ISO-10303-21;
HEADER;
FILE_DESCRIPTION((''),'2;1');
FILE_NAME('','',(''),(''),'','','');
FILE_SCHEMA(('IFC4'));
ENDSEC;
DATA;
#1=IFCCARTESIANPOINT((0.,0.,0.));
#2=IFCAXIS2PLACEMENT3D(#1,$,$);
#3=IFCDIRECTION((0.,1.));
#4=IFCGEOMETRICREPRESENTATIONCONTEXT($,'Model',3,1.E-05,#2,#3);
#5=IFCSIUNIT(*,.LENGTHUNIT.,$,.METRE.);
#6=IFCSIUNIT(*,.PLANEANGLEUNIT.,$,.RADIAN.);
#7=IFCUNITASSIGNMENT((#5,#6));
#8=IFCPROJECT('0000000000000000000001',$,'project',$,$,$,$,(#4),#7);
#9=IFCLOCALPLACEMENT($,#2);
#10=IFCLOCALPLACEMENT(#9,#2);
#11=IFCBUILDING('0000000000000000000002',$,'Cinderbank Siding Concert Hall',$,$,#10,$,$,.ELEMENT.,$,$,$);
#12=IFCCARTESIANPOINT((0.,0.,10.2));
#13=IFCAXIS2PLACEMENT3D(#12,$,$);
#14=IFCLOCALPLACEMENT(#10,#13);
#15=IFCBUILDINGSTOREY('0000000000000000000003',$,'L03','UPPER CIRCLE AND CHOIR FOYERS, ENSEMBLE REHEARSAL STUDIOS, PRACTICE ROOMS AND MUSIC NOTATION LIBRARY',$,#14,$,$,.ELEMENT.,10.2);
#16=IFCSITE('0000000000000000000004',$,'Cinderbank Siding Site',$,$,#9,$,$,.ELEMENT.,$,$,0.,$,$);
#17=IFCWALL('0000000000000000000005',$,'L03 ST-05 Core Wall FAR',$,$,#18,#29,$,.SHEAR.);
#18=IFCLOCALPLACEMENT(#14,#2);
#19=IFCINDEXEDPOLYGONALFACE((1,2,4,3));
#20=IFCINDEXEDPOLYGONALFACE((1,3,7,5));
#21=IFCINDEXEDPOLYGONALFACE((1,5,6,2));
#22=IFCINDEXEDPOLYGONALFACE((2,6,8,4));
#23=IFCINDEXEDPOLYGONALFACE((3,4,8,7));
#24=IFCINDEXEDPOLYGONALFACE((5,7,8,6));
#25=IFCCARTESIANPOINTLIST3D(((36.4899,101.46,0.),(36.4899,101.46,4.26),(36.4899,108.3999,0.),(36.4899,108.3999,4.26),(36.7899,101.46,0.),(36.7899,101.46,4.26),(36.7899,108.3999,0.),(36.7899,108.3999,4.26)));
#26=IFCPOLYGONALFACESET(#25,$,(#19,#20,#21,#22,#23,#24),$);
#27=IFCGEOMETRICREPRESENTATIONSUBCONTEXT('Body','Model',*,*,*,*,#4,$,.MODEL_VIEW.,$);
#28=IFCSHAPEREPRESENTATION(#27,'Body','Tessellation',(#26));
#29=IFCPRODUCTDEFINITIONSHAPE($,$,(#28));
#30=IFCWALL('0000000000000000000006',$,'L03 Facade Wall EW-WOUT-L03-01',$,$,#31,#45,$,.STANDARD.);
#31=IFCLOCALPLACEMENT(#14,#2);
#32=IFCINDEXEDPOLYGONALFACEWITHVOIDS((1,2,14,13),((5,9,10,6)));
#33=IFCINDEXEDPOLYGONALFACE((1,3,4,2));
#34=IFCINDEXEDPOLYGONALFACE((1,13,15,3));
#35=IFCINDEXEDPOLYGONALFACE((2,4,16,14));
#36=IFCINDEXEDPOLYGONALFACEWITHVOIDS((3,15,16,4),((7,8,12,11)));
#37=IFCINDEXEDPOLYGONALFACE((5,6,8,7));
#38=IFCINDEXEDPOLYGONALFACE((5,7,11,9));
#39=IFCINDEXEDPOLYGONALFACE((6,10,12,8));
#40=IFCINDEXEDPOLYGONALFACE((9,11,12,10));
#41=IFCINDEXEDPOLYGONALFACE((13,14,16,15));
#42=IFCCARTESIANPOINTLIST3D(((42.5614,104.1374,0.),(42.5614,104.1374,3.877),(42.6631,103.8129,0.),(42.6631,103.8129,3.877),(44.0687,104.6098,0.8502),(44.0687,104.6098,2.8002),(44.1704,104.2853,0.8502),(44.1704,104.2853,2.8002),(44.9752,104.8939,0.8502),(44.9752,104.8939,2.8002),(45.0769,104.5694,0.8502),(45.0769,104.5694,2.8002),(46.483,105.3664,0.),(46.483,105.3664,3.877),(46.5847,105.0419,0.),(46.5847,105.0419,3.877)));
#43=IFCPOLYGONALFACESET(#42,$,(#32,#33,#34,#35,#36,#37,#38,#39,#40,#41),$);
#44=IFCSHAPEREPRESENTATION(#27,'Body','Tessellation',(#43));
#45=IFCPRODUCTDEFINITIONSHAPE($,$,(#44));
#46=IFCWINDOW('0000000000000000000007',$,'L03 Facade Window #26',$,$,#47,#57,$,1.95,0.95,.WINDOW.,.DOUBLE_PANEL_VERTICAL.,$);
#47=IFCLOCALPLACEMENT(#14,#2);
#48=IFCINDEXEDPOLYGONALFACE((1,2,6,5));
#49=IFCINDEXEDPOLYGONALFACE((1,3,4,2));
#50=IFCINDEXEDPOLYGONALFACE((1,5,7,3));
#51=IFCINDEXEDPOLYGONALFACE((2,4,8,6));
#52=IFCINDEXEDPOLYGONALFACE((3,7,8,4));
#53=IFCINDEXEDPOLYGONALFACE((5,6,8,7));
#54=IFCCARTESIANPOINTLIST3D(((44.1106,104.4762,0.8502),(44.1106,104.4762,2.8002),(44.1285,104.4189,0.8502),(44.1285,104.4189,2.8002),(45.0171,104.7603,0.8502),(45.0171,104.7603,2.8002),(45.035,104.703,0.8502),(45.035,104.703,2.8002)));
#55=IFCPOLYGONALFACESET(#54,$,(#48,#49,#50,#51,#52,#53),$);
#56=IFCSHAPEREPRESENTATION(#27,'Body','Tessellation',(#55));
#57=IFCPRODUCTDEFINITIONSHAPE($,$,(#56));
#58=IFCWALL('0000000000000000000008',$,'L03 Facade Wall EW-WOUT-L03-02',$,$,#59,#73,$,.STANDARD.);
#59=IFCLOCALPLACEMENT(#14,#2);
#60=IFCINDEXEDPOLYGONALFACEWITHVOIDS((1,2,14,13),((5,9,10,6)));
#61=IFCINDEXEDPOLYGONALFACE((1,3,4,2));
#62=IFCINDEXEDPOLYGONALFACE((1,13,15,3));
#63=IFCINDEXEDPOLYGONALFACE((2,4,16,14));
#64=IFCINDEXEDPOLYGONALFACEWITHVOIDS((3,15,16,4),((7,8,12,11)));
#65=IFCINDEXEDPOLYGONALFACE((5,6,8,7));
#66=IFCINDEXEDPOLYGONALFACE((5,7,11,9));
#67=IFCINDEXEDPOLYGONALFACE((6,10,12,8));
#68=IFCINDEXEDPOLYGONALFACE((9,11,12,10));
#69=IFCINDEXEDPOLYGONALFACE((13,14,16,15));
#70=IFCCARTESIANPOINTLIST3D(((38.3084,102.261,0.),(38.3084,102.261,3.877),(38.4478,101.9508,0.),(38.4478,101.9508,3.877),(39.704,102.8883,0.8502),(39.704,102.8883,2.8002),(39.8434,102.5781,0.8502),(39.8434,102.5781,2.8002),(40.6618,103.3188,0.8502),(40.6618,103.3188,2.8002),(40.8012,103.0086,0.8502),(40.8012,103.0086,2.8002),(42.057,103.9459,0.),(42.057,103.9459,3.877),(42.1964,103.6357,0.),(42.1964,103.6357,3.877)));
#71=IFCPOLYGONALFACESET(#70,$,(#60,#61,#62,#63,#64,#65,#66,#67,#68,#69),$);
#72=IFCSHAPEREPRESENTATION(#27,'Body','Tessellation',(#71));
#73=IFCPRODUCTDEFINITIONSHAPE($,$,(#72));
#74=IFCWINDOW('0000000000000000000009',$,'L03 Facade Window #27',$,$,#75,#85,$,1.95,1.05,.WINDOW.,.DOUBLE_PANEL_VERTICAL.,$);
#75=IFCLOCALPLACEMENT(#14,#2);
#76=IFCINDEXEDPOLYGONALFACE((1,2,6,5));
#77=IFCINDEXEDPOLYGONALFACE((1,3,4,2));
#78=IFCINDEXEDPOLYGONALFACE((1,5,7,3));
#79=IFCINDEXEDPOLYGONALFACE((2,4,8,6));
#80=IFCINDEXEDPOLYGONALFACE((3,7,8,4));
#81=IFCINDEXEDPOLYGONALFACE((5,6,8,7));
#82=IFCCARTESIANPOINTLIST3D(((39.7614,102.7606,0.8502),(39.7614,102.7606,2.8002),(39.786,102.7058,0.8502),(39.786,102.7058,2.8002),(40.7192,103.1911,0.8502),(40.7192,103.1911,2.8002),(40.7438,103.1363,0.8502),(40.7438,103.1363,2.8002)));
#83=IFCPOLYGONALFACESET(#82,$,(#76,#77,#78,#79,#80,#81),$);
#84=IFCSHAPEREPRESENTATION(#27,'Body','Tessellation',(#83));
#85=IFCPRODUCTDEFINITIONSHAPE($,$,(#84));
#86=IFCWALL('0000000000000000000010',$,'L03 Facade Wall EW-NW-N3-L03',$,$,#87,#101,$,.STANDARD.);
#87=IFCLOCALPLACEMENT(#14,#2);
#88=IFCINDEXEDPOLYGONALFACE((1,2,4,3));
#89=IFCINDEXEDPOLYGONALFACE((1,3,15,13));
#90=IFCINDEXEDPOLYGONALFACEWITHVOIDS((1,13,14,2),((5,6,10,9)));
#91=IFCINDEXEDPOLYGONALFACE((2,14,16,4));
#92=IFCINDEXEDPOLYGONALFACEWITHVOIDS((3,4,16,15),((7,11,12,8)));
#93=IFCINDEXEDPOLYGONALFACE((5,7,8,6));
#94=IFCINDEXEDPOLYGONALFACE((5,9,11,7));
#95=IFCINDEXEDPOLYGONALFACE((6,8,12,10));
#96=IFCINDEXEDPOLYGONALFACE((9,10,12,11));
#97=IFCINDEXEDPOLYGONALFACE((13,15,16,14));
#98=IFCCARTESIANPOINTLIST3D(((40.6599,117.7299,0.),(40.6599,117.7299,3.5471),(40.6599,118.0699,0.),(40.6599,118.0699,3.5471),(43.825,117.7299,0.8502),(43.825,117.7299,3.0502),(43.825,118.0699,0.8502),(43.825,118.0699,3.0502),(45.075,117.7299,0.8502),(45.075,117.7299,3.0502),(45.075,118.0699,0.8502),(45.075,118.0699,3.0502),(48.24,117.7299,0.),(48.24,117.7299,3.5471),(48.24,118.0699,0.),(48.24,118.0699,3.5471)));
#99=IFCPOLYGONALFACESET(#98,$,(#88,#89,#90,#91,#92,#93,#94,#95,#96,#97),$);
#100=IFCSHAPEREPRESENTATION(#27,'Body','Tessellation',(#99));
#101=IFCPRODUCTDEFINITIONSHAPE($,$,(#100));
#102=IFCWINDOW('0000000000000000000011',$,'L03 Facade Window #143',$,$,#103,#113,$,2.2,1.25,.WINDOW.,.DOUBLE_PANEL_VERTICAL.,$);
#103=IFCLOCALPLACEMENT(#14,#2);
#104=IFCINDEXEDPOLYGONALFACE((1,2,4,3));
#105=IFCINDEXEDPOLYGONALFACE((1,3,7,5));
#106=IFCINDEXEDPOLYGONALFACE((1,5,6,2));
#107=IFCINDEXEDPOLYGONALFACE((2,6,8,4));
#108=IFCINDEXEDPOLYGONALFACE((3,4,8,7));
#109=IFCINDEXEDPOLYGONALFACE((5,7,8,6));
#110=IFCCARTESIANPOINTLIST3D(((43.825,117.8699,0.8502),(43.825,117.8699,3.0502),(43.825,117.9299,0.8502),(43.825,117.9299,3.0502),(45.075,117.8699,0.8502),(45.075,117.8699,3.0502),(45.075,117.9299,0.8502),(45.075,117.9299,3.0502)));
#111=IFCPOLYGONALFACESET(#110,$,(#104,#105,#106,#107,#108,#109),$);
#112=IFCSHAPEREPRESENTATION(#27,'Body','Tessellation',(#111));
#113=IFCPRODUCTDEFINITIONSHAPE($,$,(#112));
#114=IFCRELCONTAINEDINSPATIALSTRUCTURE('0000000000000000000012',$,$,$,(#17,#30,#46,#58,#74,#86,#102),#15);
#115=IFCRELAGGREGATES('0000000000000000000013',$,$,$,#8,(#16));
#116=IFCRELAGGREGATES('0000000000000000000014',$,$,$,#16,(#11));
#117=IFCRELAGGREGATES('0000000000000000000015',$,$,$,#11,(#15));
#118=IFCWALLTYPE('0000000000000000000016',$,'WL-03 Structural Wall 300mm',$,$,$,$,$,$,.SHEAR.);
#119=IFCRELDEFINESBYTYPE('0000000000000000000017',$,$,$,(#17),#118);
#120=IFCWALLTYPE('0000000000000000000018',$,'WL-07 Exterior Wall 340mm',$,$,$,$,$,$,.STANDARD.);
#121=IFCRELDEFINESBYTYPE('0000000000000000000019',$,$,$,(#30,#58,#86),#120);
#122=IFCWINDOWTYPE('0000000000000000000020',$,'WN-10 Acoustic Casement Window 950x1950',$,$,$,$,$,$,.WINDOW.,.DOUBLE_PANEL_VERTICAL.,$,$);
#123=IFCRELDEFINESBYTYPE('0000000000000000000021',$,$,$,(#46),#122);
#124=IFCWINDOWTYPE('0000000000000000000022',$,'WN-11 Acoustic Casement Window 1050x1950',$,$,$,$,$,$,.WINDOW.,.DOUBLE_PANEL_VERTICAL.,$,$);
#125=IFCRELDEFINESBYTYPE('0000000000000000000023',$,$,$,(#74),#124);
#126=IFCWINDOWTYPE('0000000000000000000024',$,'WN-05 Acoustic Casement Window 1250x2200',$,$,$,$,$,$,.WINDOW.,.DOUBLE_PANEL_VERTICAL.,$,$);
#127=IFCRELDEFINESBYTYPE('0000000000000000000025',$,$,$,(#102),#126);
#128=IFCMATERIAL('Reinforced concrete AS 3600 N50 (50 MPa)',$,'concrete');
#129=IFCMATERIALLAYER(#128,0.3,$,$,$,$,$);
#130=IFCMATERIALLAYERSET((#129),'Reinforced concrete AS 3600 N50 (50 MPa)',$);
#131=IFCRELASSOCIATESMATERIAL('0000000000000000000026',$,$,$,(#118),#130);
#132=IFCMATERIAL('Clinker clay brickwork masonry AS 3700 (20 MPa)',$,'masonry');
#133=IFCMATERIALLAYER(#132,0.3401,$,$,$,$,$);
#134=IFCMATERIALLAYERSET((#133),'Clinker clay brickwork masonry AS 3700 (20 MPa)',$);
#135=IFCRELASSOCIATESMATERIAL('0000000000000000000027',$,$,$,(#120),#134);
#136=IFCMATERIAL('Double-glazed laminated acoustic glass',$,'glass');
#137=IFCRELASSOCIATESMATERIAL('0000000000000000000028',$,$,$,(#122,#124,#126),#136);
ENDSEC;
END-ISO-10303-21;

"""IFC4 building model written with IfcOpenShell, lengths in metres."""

from ifc_helpers import new_model, si_unit, direction, frame, frame_2d, origin, place, context, subcontext, project, spatial, rectangle, extrude, material, layer, layer_set, type_object, element, fill, save


model = new_model("IFC4")

# Units and contexts
model_context = context("Model", 3, precision=1e-05, world=origin(), true_north=direction((0.0, 1.0)))
body_context = subcontext(model_context, "Body", "Model", "MODEL_VIEW")
ifc_project = project(units=[si_unit("LENGTHUNIT", "METRE"), si_unit("PLANEANGLEUNIT", "RADIAN")], contexts=[model_context])

# Site, building, storey
site_placement = place(None, origin())
site = spatial("IfcSite", under=ifc_project, at=site_placement, Name="Cinderbank Siding Site", CompositionType="ELEMENT", RefElevation=0.0)
building_placement = place(site_placement, origin())
building = spatial("IfcBuilding", under=site, at=building_placement, Name="Cinderbank Siding Concert Hall", CompositionType="ELEMENT")
storey_placement = place(building_placement, frame((0.0, 0.0, 10.2)))
storey = spatial("IfcBuildingStorey", under=building, at=storey_placement, Name="L03", Description="UPPER CIRCLE AND CHOIR FOYERS, ENSEMBLE REHEARSAL STUDIOS, PRACTICE ROOMS AND MUSIC NOTATION LIBRARY", CompositionType="ELEMENT", Elevation=10.2)

# Shared definitions
ifc_material_1 = material(Name="Reinforced concrete AS 3600 N50 (50 MPa)", Category="concrete")

# Wall
ifc_layer_1 = layer(ifc_material_1, 0.3)
ifc_layer_set_1 = layer_set([ifc_layer_1], Name="Reinforced concrete AS 3600 N50 (50 MPa)")
wall_type_1 = type_object("IfcWallType", Name="WL-03 Structural Wall 300mm", PredefinedType="SHEAR", material=ifc_layer_set_1)
wall_1_placement = place(storey_placement, frame((36.6399, 108.3999, 0.0), z_axis=(0.0, 0.0, 1.0), x_axis=(0.0, -1.0, 0.0)))
element("IfcWall", 1, at=wall_1_placement, inside=storey, type_object=wall_type_1, Name="L03 ST-05 Core Wall FAR", PredefinedType="SHEAR", context=body_context, shape_type="SweptSolid", body=[
    extrude(rectangle(XDim=6.9399, YDim=0.3, at=frame_2d((3.47, 0.0))), origin(), (0.0, 0.0, 1.0), 4.26),
])

# Walls, openings, windows
ifc_material_2 = material(Name="Clinker clay brickwork masonry AS 3700 (20 MPa)", Category="masonry")
ifc_layer_2 = layer(ifc_material_2, 0.3401)
ifc_layer_set_2 = layer_set([ifc_layer_2], Name="Clinker clay brickwork masonry AS 3700 (20 MPa)")
wall_type_2 = type_object("IfcWallType", Name="WL-07 Exterior Wall 340mm", PredefinedType="STANDARD", material=ifc_layer_set_2)
wall_2_placement = place(storey_placement, frame((46.5337, 105.2041, 0.0), z_axis=(0.0, 0.0, 1.0), x_axis=(-0.954238, -0.299049, 0.0)))
wall_2 = element("IfcWall", 2, at=wall_2_placement, inside=storey, type_object=wall_type_2, Name="L03 Facade Wall EW-WOUT-L03-01", PredefinedType="STANDARD", context=body_context, shape_type="SweptSolid", body=[
    extrude(rectangle(XDim=4.1096, YDim=0.3401, at=frame_2d((2.0547, 0.0))), origin(), (0.0, 0.0, 1.0), 3.877),
])
opening_1_placement = place(wall_2_placement, frame((1.5798, 0.0, 0.8501)))
opening_1 = element("IfcOpeningElement", 3, at=opening_1_placement, cuts=wall_2, PredefinedType="OPENING", context=body_context, shape_type="SweptSolid", body=[
    extrude(rectangle(XDim=0.95, YDim=1.95, at=frame_2d((0.4751, 0.9751))), frame((0.0, 0.1821, 0.0), z_axis=(0.0, -1.0, 0.0), x_axis=(1.0, 0.0, 0.0)), (0.0, 0.0, 1.0), 0.364),
])
ifc_material_3 = material(Name="Double-glazed laminated acoustic glass", Category="glass")
window_type_1 = type_object("IfcWindowType", Name="WN-10 Acoustic Casement Window 950x1950", PartitioningType="DOUBLE_PANEL_VERTICAL", PredefinedType="WINDOW", material=ifc_material_3)
window_1_placement = place(opening_1_placement, origin())
window_1 = element("IfcWindow", 4, at=window_1_placement, inside=storey, type_object=window_type_1, Name="L03 Facade Window #26", OverallHeight=1.95, OverallWidth=0.95, PartitioningType="DOUBLE_PANEL_VERTICAL", PredefinedType="WINDOW", context=body_context, shape_type="SweptSolid", body=[
    extrude(rectangle(XDim=0.95, YDim=1.95, at=frame_2d((0.4751, 0.9751))), frame((0.0, 0.03, 0.0), z_axis=(0.0, -1.0, 0.0), x_axis=(1.0, 0.0, 0.0)), (0.0, 0.0, 1.0), 0.0601),
])
fill(opening_1, window_1)
wall_3_placement = place(storey_placement, frame((42.1267, 103.7908, 0.0), z_axis=(0.0, 0.0, 1.0), x_axis=(-0.912106, -0.409955, 0.0)))
wall_3 = element("IfcWall", 5, at=wall_3_placement, inside=storey, type_object=wall_type_2, Name="L03 Facade Wall EW-WOUT-L03-02", PredefinedType="STANDARD", context=body_context, shape_type="SweptSolid", body=[
    extrude(rectangle(XDim=4.1099, YDim=0.3401, at=frame_2d((2.0549, 0.0))), origin(), (0.0, 0.0, 1.0), 3.877),
])
opening_2_placement = place(wall_3_placement, frame((1.5298, 0.0, 0.8501)))
opening_2 = element("IfcOpeningElement", 6, at=opening_2_placement, cuts=wall_3, PredefinedType="OPENING", context=body_context, shape_type="SweptSolid", body=[
    extrude(rectangle(XDim=1.05, YDim=1.95, at=frame_2d((0.5249, 0.9751))), frame((0.0, 0.1821, 0.0), z_axis=(0.0, -1.0, 0.0), x_axis=(1.0, 0.0, 0.0)), (0.0, 0.0, 1.0), 0.364),
])
window_type_2 = type_object("IfcWindowType", Name="WN-11 Acoustic Casement Window 1050x1950", PartitioningType="DOUBLE_PANEL_VERTICAL", PredefinedType="WINDOW", material=ifc_material_3)
window_2_placement = place(opening_2_placement, origin())
window_2 = element("IfcWindow", 7, at=window_2_placement, inside=storey, type_object=window_type_2, Name="L03 Facade Window #27", OverallHeight=1.95, OverallWidth=1.05, PartitioningType="DOUBLE_PANEL_VERTICAL", PredefinedType="WINDOW", context=body_context, shape_type="SweptSolid", body=[
    extrude(rectangle(XDim=1.05, YDim=1.95, at=frame_2d((0.5249, 0.9751))), frame((0.0, 0.03, 0.0), z_axis=(0.0, -1.0, 0.0), x_axis=(1.0, 0.0, 0.0)), (0.0, 0.0, 1.0), 0.0601),
])
fill(opening_2, window_2)
wall_4_placement = place(storey_placement, frame((40.6599, 117.8999, 0.0), z_axis=(0.0, 0.0, 1.0), x_axis=(1.0, 0.0, 0.0)))
wall_4 = element("IfcWall", 8, at=wall_4_placement, inside=storey, type_object=wall_type_2, Name="L03 Facade Wall EW-NW-N3-L03", PredefinedType="STANDARD", context=body_context, shape_type="SweptSolid", body=[
    extrude(rectangle(XDim=7.5801, YDim=0.3401, at=frame_2d((3.79, 0.0))), origin(), (0.0, 0.0, 1.0), 3.5471),
])
opening_3_placement = place(wall_4_placement, frame((3.165, 0.0, 0.8501)))
opening_3 = element("IfcOpeningElement", 9, at=opening_3_placement, cuts=wall_4, PredefinedType="OPENING", context=body_context, shape_type="SweptSolid", body=[
    extrude(rectangle(XDim=1.25, YDim=2.2, at=frame_2d((0.625, 1.1001))), frame((0.0, 0.1821, 0.0), z_axis=(0.0, -1.0, 0.0), x_axis=(1.0, 0.0, 0.0)), (0.0, 0.0, 1.0), 0.364),
])
window_type_3 = type_object("IfcWindowType", Name="WN-05 Acoustic Casement Window 1250x2200", PartitioningType="DOUBLE_PANEL_VERTICAL", PredefinedType="WINDOW", material=ifc_material_3)
window_3_placement = place(opening_3_placement, origin())
window_3 = element("IfcWindow", 10, at=window_3_placement, inside=storey, type_object=window_type_3, Name="L03 Facade Window #143", OverallHeight=2.2, OverallWidth=1.25, PartitioningType="DOUBLE_PANEL_VERTICAL", PredefinedType="WINDOW", context=body_context, shape_type="SweptSolid", body=[
    extrude(rectangle(XDim=1.25, YDim=2.2, at=frame_2d((0.625, 1.1001))), frame((0.0, 0.03, 0.0), z_axis=(0.0, -1.0, 0.0), x_axis=(1.0, 0.0, 0.0)), (0.0, 0.0, 1.0), 0.0601),
])
fill(opening_3, window_3)

save(model, "model.ifc")
